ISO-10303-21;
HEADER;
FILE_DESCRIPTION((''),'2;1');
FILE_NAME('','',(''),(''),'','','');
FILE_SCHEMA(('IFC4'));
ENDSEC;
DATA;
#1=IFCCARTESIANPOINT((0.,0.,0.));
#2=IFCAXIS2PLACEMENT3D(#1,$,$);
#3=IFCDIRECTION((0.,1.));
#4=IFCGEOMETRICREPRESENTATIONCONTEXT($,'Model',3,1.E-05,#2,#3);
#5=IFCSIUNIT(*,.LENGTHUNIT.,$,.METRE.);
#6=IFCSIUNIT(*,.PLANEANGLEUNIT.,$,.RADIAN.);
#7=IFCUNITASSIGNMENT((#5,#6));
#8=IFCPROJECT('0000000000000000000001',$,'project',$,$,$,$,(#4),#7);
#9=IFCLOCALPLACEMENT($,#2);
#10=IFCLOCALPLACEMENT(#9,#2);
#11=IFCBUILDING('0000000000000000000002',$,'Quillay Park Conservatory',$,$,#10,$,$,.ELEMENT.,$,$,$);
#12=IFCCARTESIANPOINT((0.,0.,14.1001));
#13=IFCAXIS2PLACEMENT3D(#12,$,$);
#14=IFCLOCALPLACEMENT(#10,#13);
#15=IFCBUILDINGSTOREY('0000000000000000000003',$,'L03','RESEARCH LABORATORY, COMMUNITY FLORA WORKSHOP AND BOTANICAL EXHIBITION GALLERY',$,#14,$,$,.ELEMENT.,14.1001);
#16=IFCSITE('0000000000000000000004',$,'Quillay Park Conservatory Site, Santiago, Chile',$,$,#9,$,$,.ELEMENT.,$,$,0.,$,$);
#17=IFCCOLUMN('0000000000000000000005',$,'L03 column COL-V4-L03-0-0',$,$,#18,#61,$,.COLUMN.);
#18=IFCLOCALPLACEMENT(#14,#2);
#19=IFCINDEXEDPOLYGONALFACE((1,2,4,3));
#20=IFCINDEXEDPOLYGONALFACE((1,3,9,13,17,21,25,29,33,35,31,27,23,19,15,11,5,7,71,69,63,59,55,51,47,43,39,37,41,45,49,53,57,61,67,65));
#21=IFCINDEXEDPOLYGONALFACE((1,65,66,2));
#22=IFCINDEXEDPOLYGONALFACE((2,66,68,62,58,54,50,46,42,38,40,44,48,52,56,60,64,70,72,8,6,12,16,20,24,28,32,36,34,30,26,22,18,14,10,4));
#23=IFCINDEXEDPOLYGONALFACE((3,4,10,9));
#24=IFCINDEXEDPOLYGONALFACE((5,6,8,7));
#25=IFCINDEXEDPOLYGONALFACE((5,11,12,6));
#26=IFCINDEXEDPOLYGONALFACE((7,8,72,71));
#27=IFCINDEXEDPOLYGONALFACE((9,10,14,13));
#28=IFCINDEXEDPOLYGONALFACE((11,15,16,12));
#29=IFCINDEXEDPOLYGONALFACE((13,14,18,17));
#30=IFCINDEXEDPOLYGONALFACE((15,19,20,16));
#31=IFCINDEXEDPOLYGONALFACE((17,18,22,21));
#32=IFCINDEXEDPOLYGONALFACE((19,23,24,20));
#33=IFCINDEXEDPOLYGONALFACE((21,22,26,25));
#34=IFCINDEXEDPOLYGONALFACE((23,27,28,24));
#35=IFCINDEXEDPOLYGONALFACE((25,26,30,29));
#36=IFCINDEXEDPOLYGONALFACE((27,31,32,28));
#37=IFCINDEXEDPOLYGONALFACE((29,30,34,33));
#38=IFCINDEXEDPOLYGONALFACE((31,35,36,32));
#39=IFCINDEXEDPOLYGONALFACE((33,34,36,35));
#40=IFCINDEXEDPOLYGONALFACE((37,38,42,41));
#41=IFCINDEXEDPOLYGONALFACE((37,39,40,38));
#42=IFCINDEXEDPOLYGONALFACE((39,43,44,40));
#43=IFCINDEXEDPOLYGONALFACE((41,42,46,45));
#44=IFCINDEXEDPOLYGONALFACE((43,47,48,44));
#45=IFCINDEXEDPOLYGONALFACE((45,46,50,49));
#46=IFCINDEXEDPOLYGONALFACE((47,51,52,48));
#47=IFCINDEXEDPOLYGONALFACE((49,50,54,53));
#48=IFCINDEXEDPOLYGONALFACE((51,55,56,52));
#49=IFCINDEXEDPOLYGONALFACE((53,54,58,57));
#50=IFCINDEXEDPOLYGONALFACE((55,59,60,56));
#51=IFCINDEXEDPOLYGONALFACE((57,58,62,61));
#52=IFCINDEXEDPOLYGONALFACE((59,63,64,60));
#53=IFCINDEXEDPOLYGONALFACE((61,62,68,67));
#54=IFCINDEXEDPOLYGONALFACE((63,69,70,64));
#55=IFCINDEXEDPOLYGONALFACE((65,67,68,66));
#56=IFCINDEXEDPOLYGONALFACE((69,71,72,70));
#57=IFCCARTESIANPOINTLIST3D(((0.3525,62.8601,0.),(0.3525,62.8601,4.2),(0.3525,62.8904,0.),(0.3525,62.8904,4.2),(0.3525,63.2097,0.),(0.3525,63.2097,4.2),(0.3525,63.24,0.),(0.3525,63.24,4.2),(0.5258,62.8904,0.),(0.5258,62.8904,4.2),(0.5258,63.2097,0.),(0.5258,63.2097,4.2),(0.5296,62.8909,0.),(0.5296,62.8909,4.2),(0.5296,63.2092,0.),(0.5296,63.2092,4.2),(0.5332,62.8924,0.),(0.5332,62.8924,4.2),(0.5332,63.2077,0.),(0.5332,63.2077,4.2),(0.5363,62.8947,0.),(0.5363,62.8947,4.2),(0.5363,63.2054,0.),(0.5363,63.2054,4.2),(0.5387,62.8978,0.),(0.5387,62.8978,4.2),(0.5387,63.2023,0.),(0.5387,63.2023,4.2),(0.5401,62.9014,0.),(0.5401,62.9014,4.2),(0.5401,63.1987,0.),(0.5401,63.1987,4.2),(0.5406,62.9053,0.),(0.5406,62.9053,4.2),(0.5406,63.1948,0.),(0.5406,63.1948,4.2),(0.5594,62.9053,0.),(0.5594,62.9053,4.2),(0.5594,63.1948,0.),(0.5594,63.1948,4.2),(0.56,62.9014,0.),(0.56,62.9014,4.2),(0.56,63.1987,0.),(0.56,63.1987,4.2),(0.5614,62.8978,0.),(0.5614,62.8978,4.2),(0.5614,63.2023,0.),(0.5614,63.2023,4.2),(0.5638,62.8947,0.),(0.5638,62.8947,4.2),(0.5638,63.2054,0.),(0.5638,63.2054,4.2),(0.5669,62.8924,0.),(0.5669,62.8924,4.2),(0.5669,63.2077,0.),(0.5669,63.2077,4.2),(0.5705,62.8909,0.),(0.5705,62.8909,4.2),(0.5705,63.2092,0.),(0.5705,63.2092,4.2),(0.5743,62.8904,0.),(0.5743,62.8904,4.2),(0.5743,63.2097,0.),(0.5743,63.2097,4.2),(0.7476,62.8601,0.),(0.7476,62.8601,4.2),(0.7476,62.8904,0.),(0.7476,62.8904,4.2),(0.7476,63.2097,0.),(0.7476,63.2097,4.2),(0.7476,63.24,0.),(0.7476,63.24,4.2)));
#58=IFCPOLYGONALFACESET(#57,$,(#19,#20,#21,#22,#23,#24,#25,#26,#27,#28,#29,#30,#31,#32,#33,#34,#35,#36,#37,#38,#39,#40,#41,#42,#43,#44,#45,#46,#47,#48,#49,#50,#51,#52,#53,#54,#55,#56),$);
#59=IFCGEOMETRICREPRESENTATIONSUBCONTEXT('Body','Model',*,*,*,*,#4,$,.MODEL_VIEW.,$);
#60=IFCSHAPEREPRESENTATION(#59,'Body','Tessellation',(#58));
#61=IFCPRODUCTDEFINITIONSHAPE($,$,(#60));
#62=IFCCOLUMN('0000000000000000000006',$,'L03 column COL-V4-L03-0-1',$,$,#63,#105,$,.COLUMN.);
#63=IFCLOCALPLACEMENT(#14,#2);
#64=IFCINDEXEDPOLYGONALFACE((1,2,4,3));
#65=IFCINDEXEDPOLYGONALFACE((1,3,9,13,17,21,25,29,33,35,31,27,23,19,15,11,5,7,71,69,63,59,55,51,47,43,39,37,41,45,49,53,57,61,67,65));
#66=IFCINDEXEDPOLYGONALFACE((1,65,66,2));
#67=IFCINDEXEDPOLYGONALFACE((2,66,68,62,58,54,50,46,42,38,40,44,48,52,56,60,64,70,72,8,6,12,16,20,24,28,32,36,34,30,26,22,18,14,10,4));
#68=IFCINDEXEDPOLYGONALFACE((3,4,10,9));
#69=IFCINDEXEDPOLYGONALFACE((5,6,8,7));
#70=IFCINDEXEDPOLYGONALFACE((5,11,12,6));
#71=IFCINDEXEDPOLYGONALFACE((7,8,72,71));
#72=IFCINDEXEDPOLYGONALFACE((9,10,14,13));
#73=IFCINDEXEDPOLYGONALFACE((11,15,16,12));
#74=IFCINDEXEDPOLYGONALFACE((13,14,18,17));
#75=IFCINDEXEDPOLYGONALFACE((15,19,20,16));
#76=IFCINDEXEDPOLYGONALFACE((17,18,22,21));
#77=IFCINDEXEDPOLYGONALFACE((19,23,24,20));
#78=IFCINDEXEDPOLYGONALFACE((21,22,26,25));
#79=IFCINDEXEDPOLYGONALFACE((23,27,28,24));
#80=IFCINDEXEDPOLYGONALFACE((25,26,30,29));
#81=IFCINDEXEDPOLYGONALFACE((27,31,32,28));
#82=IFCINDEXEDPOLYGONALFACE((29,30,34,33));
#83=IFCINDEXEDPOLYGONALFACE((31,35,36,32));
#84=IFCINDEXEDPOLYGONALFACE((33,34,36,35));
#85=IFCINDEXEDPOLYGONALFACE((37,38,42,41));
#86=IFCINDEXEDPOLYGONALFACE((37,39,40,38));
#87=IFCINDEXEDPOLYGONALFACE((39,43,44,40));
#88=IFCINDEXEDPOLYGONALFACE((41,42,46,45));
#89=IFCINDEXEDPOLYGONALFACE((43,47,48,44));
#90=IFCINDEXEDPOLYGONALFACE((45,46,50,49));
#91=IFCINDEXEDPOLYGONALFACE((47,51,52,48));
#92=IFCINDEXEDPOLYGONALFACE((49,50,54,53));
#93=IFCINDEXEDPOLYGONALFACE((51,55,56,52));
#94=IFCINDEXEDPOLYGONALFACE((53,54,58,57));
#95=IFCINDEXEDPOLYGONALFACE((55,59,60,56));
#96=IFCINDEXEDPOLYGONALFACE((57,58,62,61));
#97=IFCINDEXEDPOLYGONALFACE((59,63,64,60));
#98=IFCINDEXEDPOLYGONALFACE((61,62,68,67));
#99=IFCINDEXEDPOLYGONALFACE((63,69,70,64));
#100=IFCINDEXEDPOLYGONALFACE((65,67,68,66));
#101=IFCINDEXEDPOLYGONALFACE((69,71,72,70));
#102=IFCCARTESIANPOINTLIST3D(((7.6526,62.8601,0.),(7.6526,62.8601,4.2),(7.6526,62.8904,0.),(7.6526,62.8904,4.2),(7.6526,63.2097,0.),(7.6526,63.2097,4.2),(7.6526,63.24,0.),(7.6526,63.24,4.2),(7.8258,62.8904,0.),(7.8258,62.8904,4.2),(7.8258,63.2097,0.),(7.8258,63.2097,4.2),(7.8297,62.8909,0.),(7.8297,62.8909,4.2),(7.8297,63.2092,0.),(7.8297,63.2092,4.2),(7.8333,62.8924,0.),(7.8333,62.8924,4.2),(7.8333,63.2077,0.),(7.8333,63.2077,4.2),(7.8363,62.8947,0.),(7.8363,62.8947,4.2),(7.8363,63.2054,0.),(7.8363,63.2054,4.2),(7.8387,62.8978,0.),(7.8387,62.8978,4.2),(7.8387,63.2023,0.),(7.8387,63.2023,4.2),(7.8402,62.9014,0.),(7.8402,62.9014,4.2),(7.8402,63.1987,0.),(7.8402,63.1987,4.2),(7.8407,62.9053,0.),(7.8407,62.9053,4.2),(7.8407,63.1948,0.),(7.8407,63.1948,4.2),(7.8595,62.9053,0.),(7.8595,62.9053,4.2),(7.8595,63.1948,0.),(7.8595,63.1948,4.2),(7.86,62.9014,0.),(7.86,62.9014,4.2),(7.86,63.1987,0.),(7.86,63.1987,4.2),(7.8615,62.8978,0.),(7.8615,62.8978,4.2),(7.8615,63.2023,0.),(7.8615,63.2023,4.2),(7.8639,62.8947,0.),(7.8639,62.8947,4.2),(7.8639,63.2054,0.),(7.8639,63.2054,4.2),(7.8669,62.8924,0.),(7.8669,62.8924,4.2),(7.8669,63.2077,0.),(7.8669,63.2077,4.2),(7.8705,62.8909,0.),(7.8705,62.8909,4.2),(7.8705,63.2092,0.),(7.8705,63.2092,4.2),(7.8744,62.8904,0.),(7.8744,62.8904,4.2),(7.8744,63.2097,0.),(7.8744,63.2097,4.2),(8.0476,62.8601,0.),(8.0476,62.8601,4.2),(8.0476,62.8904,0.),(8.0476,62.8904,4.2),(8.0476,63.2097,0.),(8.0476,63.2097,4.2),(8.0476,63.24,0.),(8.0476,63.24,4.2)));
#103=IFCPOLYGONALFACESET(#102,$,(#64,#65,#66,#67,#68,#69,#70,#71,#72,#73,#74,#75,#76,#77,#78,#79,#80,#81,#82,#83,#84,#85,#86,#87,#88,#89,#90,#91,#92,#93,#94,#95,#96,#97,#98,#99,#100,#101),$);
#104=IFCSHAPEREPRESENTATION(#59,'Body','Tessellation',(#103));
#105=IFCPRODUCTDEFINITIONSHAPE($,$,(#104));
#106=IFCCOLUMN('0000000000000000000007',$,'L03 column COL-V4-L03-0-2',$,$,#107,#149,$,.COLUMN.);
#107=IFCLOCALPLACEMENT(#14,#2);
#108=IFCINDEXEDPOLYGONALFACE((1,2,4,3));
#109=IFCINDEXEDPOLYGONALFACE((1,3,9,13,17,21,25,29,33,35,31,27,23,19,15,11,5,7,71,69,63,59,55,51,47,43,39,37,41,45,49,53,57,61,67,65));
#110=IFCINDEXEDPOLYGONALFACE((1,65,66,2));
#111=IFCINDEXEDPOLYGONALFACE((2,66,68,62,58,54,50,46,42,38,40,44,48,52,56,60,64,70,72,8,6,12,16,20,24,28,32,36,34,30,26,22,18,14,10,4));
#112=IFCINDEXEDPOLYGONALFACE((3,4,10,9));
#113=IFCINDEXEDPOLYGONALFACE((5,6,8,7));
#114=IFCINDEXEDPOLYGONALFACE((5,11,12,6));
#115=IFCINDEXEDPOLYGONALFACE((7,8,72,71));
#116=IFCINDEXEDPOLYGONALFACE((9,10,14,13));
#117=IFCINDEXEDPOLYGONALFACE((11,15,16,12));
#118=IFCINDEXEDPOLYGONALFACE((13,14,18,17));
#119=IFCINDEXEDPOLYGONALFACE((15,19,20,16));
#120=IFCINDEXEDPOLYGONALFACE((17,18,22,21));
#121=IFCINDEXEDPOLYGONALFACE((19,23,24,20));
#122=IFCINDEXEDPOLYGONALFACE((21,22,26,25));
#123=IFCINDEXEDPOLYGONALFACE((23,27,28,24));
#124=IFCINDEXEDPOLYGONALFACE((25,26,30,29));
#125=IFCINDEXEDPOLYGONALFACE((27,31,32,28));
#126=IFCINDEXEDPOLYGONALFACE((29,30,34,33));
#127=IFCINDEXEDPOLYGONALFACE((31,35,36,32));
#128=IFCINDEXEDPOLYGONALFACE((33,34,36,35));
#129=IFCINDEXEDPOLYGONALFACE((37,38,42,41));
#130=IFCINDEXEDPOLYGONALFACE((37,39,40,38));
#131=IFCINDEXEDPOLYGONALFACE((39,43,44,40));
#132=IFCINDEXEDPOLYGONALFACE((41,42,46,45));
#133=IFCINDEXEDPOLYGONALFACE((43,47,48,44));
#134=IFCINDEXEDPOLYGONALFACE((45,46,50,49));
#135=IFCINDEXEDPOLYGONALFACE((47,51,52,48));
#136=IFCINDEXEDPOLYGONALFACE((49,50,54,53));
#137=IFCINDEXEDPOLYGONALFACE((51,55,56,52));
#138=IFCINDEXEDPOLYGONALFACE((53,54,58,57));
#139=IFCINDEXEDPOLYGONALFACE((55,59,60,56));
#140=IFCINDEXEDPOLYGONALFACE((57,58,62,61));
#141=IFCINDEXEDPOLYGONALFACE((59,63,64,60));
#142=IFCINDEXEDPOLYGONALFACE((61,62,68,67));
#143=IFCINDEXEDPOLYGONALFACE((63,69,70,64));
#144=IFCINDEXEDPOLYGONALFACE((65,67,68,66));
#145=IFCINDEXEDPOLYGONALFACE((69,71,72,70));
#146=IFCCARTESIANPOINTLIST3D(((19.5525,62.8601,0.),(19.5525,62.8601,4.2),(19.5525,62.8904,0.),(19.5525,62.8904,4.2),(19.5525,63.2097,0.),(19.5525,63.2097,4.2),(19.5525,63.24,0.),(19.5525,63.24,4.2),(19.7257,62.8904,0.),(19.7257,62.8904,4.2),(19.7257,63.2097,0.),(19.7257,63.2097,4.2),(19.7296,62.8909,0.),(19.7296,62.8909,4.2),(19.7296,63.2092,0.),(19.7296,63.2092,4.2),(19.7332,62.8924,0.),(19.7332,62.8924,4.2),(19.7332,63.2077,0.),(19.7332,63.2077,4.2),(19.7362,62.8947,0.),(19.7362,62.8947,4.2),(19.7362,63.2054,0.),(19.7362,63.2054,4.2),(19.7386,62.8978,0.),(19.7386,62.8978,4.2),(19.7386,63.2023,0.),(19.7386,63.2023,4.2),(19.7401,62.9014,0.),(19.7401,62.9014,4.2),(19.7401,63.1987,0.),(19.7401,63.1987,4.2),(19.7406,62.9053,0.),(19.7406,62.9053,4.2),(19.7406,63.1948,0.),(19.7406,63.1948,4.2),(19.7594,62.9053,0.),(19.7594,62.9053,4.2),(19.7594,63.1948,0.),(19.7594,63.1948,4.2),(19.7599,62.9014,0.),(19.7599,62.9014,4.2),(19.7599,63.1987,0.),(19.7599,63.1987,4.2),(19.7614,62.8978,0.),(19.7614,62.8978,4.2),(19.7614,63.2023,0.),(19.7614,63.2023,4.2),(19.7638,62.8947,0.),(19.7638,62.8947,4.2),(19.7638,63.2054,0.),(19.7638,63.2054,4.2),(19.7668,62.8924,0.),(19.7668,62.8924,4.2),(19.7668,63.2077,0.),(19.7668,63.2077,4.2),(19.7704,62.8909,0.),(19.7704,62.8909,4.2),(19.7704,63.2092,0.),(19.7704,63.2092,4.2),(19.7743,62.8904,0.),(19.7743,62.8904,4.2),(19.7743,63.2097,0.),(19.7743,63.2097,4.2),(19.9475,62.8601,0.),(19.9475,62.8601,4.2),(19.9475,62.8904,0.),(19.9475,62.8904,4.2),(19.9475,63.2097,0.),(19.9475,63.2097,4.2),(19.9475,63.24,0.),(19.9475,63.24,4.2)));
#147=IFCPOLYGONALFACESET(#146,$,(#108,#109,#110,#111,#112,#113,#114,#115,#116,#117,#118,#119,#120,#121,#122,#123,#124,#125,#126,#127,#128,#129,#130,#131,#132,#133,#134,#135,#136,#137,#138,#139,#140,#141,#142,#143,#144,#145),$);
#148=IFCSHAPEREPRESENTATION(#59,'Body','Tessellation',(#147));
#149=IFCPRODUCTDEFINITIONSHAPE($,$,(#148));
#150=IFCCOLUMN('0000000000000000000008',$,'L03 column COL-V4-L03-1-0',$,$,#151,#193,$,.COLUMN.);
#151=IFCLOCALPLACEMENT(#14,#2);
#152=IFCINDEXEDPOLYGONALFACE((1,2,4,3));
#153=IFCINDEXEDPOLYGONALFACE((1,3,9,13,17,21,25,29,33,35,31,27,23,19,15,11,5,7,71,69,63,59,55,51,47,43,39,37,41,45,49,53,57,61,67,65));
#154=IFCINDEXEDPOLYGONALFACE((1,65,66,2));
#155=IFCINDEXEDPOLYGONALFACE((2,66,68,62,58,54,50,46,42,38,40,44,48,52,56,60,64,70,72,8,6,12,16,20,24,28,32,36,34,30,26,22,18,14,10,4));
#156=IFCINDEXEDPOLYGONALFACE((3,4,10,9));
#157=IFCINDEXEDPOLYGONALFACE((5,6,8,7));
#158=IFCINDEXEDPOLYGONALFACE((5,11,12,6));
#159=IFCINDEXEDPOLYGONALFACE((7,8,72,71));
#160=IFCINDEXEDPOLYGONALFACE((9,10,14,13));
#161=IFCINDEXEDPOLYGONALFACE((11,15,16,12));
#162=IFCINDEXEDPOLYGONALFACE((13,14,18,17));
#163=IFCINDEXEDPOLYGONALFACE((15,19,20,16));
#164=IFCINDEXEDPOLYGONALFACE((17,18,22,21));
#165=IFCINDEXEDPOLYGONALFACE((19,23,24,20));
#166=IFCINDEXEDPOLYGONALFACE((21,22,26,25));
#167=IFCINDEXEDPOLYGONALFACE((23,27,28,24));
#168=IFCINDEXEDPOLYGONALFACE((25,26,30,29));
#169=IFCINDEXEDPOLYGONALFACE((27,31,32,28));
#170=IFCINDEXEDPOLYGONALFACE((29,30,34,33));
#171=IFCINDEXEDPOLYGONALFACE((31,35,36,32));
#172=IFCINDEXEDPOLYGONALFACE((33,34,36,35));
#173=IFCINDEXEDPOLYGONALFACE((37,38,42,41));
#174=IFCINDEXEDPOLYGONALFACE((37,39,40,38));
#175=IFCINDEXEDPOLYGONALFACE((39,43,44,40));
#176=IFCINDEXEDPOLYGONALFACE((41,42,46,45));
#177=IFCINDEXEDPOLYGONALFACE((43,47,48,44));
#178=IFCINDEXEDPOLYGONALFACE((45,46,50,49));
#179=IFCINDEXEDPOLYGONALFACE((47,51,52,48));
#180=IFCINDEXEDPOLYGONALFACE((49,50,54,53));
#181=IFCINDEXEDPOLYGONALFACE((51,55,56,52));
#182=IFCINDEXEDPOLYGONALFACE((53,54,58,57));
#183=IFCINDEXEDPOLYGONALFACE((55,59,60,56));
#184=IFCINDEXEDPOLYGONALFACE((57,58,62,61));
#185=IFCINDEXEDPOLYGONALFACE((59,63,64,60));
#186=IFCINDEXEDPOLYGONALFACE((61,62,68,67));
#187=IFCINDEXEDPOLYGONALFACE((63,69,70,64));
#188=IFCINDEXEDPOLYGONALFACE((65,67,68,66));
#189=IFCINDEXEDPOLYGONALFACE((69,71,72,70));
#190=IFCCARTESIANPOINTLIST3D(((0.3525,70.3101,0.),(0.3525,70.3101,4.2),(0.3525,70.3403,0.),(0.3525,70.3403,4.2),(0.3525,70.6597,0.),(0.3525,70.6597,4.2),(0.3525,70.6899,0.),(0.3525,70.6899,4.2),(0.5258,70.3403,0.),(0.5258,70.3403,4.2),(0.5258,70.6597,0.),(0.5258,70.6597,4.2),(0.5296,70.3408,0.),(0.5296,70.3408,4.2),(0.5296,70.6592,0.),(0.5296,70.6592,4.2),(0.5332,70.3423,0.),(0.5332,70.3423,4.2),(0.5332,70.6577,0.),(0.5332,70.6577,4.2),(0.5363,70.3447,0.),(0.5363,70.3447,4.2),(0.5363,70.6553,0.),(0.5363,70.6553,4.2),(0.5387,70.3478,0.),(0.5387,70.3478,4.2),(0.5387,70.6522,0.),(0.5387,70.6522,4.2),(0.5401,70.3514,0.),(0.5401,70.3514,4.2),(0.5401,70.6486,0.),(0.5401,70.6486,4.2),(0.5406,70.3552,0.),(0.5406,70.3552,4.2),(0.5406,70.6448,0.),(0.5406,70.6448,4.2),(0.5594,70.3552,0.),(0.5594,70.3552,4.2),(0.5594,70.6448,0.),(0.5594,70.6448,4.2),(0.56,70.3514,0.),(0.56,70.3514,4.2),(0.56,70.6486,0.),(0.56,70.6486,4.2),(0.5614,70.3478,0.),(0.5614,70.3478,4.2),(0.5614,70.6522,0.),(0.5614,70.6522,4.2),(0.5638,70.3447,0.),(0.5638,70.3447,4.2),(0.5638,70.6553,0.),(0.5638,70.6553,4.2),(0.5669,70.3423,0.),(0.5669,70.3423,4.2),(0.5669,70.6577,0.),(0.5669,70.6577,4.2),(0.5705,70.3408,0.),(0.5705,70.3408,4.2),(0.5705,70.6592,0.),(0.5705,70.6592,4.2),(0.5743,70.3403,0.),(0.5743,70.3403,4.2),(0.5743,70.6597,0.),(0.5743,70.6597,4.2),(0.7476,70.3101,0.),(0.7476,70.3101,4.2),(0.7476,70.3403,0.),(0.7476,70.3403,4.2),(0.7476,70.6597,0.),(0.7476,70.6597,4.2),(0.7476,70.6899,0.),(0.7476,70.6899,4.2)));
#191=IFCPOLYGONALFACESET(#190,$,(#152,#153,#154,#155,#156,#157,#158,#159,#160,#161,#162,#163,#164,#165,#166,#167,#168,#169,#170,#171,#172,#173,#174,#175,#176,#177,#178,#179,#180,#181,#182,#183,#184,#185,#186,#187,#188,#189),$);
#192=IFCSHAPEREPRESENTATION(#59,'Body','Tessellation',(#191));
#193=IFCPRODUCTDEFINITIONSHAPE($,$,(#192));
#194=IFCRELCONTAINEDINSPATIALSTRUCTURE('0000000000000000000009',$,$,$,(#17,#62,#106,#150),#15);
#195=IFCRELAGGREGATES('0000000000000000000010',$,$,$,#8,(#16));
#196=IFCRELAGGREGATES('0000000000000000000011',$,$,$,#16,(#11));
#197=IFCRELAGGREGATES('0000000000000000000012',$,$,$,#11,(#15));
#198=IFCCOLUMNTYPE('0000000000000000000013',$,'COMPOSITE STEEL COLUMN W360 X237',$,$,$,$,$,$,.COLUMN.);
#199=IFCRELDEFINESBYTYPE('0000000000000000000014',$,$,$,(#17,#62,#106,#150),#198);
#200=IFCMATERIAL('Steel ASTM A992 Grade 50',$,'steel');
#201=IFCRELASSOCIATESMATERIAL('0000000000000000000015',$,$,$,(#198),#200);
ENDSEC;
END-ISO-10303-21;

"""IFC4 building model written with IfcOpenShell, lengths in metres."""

from ifc_helpers import new_model, si_unit, direction, frame, origin, origin_2d, place, context, subcontext, project, spatial, i_section, extrude, material, material_profile, profile_set, type_object, element, save


model = new_model("IFC4")

# Units and contexts
model_context = context("Model", 3, precision=1e-05, world=origin(), true_north=direction((0.0, 1.0)))
body_context = subcontext(model_context, "Body", "Model", "MODEL_VIEW")
ifc_project = project(units=[si_unit("LENGTHUNIT", "METRE"), si_unit("PLANEANGLEUNIT", "RADIAN")], contexts=[model_context])

# Site, building, storey
site_placement = place(None, origin())
site = spatial("IfcSite", under=ifc_project, at=site_placement, Name="Quillay Park Conservatory Site, Santiago, Chile", CompositionType="ELEMENT", RefElevation=0.0)
building_placement = place(site_placement, origin())
building = spatial("IfcBuilding", under=site, at=building_placement, Name="Quillay Park Conservatory", CompositionType="ELEMENT")
storey_placement = place(building_placement, frame((0.0, 0.0, 14.1001)))
storey = spatial("IfcBuildingStorey", under=building, at=storey_placement, Name="L03", Description="RESEARCH LABORATORY, COMMUNITY FLORA WORKSHOP AND BOTANICAL EXHIBITION GALLERY", CompositionType="ELEMENT", Elevation=14.1001)

# Columns
ifc_material_1 = material(Name="Steel ASTM A992 Grade 50", Category="steel")
ifc_material_profile_1 = material_profile(ifc_material_1, i_section(OverallWidth=0.395, OverallDepth=0.3799, WebThickness=0.0188, FlangeThickness=0.0303, FilletRadius=0.0149, at=origin_2d()), Name="W360x237")
ifc_profile_set_1 = profile_set([ifc_material_profile_1], Name="Steel ASTM A992 Grade 50")
column_type = type_object("IfcColumnType", Name="COMPOSITE STEEL COLUMN W360 X237", PredefinedType="COLUMN", material=ifc_profile_set_1)
for number, where, z_axis, x_axis, name in (
    (1, (0.55, 63.05, 0.0), (0.0, 0.0, 1.0), (1.0, 0.0, 0.0), "L03 column COL-V4-L03-0-0"),
    (2, (7.8501, 63.05, 0.0), (0.0, 0.0, 1.0), (1.0, 0.0, 0.0), "L03 column COL-V4-L03-0-1"),
    (3, (19.75, 63.05, 0.0), (0.0, 0.0, 1.0), (1.0, 0.0, 0.0), "L03 column COL-V4-L03-0-2"),
    (4, (0.55, 70.5, 0.0), (0.0, 0.0, 1.0), (1.0, 0.0, 0.0), "L03 column COL-V4-L03-1-0"),
):
    element("IfcColumn", number, at=place(storey_placement, frame(where, z_axis=z_axis, x_axis=x_axis)), inside=storey, type_object=column_type, Name=name, PredefinedType="COLUMN", context=body_context, shape_type="SweptSolid", body=[
        extrude(i_section(OverallWidth=0.395, OverallDepth=0.3799, WebThickness=0.0188, FlangeThickness=0.0303, FilletRadius=0.0149, at=origin_2d()), origin(), (0.0, 0.0, 1.0), 4.2),
    ])

save(model, "model.ifc")
